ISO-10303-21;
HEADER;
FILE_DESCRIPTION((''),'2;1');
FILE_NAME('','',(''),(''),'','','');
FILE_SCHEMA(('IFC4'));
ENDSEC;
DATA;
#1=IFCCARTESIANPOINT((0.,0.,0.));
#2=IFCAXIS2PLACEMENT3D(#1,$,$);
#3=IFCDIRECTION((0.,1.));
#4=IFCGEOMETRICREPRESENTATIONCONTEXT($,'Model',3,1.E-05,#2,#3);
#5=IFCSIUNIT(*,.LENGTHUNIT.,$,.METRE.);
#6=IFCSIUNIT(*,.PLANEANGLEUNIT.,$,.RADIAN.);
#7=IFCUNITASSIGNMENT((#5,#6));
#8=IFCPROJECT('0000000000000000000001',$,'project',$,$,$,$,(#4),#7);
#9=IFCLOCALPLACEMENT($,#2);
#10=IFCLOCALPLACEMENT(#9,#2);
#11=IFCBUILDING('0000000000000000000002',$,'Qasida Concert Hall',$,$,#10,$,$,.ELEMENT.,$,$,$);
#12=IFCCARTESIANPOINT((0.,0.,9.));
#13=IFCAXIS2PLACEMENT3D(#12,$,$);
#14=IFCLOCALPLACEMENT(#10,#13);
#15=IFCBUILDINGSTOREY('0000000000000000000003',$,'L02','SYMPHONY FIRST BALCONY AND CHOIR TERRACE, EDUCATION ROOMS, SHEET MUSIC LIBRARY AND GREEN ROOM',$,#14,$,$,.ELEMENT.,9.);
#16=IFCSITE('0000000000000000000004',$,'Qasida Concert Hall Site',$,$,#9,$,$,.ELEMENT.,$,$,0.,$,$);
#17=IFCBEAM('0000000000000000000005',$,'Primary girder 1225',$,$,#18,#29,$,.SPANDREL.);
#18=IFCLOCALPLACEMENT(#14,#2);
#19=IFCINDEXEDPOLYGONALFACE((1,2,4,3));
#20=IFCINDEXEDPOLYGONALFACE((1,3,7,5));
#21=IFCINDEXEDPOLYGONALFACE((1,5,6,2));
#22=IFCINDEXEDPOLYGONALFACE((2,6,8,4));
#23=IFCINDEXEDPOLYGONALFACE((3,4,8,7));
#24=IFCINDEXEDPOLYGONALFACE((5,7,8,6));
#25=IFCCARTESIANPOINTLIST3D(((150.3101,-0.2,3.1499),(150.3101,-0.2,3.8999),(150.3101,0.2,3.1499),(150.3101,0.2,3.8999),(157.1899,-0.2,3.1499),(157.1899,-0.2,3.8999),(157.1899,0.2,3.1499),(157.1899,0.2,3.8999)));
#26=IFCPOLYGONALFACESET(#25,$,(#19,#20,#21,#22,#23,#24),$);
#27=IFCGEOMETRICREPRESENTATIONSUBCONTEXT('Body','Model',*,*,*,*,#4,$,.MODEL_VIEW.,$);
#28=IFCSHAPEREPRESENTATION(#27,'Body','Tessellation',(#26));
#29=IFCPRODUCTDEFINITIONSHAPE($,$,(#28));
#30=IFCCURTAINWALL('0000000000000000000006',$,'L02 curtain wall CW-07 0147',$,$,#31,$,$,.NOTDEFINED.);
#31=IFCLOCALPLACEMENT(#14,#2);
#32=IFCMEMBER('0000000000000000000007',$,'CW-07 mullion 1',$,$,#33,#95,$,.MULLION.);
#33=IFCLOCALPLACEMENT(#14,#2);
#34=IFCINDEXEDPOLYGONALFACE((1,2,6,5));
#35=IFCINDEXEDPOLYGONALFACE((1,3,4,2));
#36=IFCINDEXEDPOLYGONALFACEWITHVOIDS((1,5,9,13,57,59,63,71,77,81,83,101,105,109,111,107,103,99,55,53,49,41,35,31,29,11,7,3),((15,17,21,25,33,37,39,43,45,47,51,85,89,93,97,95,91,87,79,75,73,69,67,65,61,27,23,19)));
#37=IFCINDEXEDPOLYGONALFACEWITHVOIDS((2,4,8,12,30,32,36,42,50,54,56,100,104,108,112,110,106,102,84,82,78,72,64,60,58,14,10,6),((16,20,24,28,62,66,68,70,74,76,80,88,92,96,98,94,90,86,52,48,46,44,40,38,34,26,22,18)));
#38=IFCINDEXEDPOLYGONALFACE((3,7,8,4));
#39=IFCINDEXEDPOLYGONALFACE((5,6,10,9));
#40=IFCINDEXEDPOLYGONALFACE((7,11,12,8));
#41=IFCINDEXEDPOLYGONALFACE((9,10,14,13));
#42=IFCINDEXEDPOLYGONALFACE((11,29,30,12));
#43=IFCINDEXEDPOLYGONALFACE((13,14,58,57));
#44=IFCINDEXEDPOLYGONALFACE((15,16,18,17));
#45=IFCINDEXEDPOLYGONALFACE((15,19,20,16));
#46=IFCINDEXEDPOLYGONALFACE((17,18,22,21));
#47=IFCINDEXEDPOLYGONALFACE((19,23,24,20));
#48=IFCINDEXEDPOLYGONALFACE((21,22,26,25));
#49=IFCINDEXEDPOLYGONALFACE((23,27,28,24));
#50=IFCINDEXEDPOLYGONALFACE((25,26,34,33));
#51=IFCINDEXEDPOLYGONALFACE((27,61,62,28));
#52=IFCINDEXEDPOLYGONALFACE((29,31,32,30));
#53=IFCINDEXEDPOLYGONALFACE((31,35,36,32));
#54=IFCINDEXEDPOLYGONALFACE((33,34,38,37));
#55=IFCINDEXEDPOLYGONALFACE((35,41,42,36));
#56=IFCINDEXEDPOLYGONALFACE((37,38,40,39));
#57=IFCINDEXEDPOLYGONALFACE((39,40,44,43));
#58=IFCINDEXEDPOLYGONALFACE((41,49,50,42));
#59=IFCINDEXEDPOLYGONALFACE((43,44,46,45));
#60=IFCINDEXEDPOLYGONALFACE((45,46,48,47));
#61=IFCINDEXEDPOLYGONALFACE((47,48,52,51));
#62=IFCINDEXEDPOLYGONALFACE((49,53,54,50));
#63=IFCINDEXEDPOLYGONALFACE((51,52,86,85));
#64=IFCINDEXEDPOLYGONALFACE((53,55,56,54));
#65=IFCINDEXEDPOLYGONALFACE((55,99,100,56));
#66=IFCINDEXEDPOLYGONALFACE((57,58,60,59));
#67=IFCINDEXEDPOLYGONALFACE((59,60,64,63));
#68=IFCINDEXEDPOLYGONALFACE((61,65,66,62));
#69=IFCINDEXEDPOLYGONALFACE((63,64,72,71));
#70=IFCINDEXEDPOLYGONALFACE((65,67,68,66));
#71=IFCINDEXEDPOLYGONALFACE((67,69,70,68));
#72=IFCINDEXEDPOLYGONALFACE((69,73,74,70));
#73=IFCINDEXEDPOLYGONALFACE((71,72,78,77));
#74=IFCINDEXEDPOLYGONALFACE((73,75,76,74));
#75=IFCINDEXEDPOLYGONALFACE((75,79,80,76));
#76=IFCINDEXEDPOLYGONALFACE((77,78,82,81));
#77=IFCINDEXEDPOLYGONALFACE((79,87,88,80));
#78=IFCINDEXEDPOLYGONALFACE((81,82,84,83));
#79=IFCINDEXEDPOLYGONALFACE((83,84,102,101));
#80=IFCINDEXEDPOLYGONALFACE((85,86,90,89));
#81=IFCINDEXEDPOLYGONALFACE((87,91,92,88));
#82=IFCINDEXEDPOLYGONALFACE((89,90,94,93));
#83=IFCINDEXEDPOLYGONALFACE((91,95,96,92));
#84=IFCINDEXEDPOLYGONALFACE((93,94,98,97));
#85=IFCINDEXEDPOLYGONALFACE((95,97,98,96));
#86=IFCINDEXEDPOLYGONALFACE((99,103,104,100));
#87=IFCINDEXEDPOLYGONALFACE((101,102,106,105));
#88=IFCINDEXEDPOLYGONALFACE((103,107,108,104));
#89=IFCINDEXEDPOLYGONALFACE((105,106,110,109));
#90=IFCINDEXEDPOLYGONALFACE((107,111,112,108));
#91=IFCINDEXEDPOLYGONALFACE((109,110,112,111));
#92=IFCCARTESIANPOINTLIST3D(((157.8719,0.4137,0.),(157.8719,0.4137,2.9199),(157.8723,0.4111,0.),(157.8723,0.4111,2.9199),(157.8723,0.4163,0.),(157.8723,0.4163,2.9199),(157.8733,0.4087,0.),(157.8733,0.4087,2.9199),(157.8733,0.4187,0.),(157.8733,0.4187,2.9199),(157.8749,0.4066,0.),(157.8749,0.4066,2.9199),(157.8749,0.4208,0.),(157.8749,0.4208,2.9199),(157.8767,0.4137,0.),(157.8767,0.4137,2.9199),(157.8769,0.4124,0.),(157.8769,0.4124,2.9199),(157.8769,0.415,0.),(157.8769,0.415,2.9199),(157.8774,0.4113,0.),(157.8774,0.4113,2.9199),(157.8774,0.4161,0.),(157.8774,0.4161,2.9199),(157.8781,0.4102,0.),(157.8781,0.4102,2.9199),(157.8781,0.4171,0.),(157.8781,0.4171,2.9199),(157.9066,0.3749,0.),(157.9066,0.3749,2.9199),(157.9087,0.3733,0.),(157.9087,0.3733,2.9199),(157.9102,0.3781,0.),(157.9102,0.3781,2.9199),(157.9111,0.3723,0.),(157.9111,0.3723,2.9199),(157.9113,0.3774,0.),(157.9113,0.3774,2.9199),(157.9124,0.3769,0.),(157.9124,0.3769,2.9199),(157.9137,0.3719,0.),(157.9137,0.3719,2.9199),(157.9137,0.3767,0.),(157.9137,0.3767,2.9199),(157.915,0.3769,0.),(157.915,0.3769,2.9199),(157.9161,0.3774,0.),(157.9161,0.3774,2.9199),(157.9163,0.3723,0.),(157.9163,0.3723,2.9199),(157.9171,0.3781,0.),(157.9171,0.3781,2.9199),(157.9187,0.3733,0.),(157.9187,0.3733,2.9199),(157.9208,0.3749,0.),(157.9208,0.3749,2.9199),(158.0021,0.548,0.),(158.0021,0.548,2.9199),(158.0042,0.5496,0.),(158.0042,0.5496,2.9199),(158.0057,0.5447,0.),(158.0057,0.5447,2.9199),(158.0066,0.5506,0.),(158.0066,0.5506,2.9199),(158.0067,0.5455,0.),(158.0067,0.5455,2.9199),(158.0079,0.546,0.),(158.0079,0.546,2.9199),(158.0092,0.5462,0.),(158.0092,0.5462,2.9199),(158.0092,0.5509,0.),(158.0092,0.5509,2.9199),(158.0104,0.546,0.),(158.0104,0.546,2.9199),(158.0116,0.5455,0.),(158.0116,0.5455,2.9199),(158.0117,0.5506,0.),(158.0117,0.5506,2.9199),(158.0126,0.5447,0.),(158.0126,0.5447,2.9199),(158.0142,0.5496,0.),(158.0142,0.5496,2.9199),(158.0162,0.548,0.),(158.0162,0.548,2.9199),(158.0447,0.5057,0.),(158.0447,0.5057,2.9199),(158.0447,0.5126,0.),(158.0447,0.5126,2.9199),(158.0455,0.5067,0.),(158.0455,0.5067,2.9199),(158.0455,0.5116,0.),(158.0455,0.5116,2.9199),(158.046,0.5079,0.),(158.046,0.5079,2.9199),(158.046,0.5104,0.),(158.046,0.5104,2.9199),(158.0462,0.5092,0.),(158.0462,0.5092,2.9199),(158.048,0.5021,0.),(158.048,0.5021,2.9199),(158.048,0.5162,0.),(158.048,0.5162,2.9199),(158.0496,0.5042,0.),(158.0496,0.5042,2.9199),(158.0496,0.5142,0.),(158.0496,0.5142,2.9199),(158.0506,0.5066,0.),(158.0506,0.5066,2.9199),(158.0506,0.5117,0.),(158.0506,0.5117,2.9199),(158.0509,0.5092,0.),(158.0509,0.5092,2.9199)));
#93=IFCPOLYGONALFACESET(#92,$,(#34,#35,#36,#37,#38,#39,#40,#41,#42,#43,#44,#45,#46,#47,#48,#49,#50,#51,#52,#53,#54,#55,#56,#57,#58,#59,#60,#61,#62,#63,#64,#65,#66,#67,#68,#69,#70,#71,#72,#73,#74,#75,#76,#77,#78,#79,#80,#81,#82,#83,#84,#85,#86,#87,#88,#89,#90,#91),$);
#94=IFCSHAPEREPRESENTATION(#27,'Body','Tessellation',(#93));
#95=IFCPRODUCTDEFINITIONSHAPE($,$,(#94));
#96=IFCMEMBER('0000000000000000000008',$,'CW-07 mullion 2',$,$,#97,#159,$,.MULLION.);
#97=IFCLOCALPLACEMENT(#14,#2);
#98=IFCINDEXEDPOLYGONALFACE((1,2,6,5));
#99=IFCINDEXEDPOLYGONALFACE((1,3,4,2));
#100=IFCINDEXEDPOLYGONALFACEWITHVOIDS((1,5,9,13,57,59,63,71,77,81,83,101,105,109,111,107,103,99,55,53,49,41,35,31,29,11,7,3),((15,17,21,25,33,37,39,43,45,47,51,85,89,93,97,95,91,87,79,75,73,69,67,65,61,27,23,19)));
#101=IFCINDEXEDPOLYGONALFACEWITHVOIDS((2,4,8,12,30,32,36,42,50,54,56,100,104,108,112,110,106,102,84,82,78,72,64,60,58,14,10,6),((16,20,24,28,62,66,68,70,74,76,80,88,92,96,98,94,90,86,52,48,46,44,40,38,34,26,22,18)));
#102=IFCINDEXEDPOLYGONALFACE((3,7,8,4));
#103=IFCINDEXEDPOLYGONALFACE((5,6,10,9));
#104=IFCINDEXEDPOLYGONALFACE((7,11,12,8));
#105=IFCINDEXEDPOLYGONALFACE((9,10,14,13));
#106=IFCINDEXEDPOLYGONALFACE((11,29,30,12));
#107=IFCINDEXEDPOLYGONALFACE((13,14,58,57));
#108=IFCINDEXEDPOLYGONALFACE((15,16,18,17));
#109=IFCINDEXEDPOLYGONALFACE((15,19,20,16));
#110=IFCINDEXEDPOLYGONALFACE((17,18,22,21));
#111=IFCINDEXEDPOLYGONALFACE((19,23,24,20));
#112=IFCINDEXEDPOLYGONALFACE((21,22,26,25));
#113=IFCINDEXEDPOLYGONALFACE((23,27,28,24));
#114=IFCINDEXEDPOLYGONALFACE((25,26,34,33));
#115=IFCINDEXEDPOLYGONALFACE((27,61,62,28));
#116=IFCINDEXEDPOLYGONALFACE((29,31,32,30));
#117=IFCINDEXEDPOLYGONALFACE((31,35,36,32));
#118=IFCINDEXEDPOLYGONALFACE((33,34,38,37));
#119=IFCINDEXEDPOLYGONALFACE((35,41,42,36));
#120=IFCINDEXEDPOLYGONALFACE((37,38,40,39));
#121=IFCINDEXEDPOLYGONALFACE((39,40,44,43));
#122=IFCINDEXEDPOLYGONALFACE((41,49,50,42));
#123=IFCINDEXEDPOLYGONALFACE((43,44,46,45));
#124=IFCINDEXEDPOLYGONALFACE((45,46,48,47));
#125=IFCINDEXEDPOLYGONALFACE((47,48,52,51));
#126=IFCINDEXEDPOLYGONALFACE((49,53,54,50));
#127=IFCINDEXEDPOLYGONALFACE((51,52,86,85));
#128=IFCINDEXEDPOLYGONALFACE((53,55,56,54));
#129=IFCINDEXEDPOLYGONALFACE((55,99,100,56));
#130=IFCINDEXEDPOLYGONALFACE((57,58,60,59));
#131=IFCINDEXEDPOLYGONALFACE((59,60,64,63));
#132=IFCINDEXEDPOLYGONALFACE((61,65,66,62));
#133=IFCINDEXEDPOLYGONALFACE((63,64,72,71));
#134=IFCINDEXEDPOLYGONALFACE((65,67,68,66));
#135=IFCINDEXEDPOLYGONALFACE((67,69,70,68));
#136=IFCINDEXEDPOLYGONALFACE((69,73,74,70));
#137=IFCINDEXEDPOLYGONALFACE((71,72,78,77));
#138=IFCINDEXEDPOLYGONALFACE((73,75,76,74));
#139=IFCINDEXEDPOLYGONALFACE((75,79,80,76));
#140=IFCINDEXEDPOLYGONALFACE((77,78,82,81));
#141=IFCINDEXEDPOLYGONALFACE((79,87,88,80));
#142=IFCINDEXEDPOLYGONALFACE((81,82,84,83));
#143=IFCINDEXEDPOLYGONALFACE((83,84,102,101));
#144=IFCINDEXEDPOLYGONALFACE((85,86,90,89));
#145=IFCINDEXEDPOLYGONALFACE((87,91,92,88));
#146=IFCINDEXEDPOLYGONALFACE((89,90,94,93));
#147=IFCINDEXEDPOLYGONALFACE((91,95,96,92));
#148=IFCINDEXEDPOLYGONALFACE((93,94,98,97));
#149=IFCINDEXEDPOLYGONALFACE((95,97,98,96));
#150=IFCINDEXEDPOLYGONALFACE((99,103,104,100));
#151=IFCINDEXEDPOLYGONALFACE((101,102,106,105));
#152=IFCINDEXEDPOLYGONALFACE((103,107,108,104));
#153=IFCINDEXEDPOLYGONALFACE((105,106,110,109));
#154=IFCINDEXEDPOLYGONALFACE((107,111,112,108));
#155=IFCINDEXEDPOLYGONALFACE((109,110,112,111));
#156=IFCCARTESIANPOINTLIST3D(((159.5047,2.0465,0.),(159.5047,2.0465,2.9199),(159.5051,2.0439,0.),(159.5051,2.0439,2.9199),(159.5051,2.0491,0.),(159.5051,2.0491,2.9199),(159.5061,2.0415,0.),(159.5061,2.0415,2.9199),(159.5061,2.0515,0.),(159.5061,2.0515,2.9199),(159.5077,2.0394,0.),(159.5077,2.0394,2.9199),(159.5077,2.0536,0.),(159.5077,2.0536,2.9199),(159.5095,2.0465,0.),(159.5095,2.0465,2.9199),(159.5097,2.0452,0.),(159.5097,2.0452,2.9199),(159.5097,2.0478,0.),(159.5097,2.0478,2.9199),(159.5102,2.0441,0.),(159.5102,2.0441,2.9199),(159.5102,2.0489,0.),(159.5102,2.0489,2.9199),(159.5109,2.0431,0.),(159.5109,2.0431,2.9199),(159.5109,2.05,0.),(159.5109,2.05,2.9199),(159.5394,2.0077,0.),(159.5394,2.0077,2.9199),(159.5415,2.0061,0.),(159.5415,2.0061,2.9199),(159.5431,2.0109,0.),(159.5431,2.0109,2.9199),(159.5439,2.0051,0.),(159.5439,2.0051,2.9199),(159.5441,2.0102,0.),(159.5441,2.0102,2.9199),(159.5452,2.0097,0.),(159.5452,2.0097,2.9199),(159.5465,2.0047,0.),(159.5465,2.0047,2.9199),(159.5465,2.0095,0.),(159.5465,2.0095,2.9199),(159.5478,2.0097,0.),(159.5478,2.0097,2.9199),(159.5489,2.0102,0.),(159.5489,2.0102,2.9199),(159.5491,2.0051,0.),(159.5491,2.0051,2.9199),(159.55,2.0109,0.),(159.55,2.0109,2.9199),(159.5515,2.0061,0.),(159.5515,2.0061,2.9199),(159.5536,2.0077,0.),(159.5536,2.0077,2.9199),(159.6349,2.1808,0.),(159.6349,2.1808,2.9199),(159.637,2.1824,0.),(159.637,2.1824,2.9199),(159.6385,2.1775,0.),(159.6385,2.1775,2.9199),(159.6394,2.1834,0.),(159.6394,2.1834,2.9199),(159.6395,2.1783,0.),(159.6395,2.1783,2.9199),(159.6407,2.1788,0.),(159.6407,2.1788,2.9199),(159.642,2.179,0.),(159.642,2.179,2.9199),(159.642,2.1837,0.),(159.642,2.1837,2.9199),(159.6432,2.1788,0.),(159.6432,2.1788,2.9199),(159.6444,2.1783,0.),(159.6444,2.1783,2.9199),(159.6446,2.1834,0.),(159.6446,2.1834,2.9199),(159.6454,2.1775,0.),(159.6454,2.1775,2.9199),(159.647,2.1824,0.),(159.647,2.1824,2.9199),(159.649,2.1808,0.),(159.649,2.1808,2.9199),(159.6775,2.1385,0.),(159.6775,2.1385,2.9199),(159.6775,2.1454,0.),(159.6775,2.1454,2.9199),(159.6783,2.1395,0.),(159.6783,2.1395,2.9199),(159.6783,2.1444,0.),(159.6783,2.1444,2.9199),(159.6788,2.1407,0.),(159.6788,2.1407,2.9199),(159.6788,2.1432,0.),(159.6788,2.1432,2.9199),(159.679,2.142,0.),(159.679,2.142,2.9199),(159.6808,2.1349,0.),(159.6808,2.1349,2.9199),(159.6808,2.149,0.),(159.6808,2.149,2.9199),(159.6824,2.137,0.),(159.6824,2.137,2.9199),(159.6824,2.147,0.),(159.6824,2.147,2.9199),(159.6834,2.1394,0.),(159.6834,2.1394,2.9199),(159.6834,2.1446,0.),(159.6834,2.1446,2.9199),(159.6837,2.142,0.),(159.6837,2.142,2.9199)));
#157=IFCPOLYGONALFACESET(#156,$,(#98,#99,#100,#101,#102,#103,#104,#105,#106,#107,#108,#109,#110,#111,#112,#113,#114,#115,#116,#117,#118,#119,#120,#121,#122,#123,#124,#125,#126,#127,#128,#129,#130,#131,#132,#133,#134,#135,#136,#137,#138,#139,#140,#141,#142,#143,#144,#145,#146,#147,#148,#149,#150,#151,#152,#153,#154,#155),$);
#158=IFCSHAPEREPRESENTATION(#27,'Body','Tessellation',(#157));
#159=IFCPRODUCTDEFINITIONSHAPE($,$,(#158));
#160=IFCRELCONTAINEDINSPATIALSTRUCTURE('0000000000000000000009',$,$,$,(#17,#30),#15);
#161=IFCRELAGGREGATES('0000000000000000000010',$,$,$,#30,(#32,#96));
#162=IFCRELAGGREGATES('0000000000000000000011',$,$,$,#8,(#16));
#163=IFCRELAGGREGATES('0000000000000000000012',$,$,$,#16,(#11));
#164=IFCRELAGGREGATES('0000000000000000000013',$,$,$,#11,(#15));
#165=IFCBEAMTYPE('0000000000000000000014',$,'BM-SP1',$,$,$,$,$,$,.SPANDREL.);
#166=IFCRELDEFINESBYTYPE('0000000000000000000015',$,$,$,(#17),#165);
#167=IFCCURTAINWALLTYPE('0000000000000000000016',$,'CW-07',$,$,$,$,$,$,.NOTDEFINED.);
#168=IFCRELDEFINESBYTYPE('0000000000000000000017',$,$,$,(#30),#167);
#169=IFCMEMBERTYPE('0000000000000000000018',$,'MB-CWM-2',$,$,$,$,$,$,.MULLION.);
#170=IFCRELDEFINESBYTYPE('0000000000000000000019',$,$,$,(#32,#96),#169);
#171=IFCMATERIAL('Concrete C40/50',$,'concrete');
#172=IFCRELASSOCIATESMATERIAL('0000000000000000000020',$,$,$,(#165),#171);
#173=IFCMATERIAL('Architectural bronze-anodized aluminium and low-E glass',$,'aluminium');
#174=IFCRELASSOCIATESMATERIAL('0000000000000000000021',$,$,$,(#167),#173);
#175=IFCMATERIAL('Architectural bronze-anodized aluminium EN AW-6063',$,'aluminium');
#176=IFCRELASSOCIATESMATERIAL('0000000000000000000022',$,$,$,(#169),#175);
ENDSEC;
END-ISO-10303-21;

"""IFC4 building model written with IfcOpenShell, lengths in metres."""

from ifc_helpers import new_model, si_unit, direction, frame, origin, origin_2d, place, context, subcontext, project, spatial, rectangle, hollow_rectangle, extrude, material, material_profile, profile_set, type_object, element, aggregate, save


model = new_model("IFC4")

# Units and contexts
model_context = context("Model", 3, precision=1e-05, world=origin(), true_north=direction((0.0, 1.0)))
body_context = subcontext(model_context, "Body", "Model", "MODEL_VIEW")
ifc_project = project(units=[si_unit("LENGTHUNIT", "METRE"), si_unit("PLANEANGLEUNIT", "RADIAN")], contexts=[model_context])

# Site, building, storey
site_placement = place(None, origin())
site = spatial("IfcSite", under=ifc_project, at=site_placement, Name="Qasida Concert Hall Site", CompositionType="ELEMENT", RefElevation=0.0)
building_placement = place(site_placement, origin())
building = spatial("IfcBuilding", under=site, at=building_placement, Name="Qasida Concert Hall", CompositionType="ELEMENT")
storey_placement = place(building_placement, frame((0.0, 0.0, 9.0)))
storey = spatial("IfcBuildingStorey", under=building, at=storey_placement, Name="L02", Description="SYMPHONY FIRST BALCONY AND CHOIR TERRACE, EDUCATION ROOMS, SHEET MUSIC LIBRARY AND GREEN ROOM", CompositionType="ELEMENT", Elevation=9.0)

# Beam
ifc_material_1 = material(Name="Concrete C40/50", Category="concrete")
ifc_material_profile_1 = material_profile(ifc_material_1, rectangle(XDim=0.3999, YDim=0.75, at=origin_2d()), Name="RC 400x750")
ifc_profile_set_1 = profile_set([ifc_material_profile_1], Name="Concrete C40/50")
beam_type_1 = type_object("IfcBeamType", Name="BM-SP1", PredefinedType="SPANDREL", material=ifc_profile_set_1)
beam_1_placement = place(storey_placement, frame((150.3101, 0.0, 3.5249), z_axis=(1.0, 0.0, 0.0), x_axis=(0.0, 1.0, 0.0)))
element("IfcBeam", 1, at=beam_1_placement, inside=storey, type_object=beam_type_1, Name="Primary girder 1225", PredefinedType="SPANDREL", context=body_context, shape_type="SweptSolid", body=[
    extrude(rectangle(XDim=0.3999, YDim=0.75, at=origin_2d()), origin(), (0.0, 0.0, 1.0), 6.8799),
])

# Curtain wall, members
ifc_material_2 = material(Name="Architectural bronze-anodized aluminium and low-E glass", Category="aluminium")
curtain_wall_type = type_object("IfcCurtainWallType", Name="CW-07", PredefinedType="NOTDEFINED", material=ifc_material_2)
curtain_wall_placement = place(storey_placement, origin())
curtain_wall = element("IfcCurtainWall", 2, at=curtain_wall_placement, inside=storey, type_object=curtain_wall_type, Name="L02 curtain wall CW-07 0147", PredefinedType="NOTDEFINED")
ifc_material_3 = material(Name="Architectural bronze-anodized aluminium EN AW-6063", Category="aluminium")
ifc_material_profile_2 = material_profile(ifc_material_3, hollow_rectangle(XDim=0.0649, YDim=0.2, WallThickness=0.0049, InnerFilletRadius=0.0049, OuterFilletRadius=0.01, at=origin_2d()), Name="CWM 200x65x5")
ifc_profile_set_2 = profile_set([ifc_material_profile_2], Name="Architectural bronze-anodized aluminium EN AW-6063")
member_type_1 = type_object("IfcMemberType", Name="MB-CWM-2", PredefinedType="MULLION", material=ifc_profile_set_2)
member_1_placement = place(storey_placement, frame((157.9614, 0.4614, 0.0), z_axis=(0.0, 0.0, 1.0), x_axis=(-0.707107, 0.707107, 0.0)))
member_1 = element("IfcMember", 3, at=member_1_placement, type_object=member_type_1, Name="CW-07 mullion 1", PredefinedType="MULLION", context=body_context, shape_type="SweptSolid", body=[
    extrude(hollow_rectangle(XDim=0.0649, YDim=0.2, WallThickness=0.0049, InnerFilletRadius=0.0049, OuterFilletRadius=0.01, at=origin_2d()), origin(), (0.0, 0.0, 1.0), 2.9199),
])
member_2_placement = place(storey_placement, frame((159.5942, 2.0942, 0.0), z_axis=(0.0, 0.0, 1.0), x_axis=(-0.707107, 0.707107, 0.0)))
member_2 = element("IfcMember", 4, at=member_2_placement, type_object=member_type_1, Name="CW-07 mullion 2", PredefinedType="MULLION", context=body_context, shape_type="SweptSolid", body=[
    extrude(hollow_rectangle(XDim=0.0649, YDim=0.2, WallThickness=0.0049, InnerFilletRadius=0.0049, OuterFilletRadius=0.01, at=origin_2d()), origin(), (0.0, 0.0, 1.0), 2.9199),
])
aggregate(curtain_wall, [member_1, member_2])

save(model, "model.ifc")
